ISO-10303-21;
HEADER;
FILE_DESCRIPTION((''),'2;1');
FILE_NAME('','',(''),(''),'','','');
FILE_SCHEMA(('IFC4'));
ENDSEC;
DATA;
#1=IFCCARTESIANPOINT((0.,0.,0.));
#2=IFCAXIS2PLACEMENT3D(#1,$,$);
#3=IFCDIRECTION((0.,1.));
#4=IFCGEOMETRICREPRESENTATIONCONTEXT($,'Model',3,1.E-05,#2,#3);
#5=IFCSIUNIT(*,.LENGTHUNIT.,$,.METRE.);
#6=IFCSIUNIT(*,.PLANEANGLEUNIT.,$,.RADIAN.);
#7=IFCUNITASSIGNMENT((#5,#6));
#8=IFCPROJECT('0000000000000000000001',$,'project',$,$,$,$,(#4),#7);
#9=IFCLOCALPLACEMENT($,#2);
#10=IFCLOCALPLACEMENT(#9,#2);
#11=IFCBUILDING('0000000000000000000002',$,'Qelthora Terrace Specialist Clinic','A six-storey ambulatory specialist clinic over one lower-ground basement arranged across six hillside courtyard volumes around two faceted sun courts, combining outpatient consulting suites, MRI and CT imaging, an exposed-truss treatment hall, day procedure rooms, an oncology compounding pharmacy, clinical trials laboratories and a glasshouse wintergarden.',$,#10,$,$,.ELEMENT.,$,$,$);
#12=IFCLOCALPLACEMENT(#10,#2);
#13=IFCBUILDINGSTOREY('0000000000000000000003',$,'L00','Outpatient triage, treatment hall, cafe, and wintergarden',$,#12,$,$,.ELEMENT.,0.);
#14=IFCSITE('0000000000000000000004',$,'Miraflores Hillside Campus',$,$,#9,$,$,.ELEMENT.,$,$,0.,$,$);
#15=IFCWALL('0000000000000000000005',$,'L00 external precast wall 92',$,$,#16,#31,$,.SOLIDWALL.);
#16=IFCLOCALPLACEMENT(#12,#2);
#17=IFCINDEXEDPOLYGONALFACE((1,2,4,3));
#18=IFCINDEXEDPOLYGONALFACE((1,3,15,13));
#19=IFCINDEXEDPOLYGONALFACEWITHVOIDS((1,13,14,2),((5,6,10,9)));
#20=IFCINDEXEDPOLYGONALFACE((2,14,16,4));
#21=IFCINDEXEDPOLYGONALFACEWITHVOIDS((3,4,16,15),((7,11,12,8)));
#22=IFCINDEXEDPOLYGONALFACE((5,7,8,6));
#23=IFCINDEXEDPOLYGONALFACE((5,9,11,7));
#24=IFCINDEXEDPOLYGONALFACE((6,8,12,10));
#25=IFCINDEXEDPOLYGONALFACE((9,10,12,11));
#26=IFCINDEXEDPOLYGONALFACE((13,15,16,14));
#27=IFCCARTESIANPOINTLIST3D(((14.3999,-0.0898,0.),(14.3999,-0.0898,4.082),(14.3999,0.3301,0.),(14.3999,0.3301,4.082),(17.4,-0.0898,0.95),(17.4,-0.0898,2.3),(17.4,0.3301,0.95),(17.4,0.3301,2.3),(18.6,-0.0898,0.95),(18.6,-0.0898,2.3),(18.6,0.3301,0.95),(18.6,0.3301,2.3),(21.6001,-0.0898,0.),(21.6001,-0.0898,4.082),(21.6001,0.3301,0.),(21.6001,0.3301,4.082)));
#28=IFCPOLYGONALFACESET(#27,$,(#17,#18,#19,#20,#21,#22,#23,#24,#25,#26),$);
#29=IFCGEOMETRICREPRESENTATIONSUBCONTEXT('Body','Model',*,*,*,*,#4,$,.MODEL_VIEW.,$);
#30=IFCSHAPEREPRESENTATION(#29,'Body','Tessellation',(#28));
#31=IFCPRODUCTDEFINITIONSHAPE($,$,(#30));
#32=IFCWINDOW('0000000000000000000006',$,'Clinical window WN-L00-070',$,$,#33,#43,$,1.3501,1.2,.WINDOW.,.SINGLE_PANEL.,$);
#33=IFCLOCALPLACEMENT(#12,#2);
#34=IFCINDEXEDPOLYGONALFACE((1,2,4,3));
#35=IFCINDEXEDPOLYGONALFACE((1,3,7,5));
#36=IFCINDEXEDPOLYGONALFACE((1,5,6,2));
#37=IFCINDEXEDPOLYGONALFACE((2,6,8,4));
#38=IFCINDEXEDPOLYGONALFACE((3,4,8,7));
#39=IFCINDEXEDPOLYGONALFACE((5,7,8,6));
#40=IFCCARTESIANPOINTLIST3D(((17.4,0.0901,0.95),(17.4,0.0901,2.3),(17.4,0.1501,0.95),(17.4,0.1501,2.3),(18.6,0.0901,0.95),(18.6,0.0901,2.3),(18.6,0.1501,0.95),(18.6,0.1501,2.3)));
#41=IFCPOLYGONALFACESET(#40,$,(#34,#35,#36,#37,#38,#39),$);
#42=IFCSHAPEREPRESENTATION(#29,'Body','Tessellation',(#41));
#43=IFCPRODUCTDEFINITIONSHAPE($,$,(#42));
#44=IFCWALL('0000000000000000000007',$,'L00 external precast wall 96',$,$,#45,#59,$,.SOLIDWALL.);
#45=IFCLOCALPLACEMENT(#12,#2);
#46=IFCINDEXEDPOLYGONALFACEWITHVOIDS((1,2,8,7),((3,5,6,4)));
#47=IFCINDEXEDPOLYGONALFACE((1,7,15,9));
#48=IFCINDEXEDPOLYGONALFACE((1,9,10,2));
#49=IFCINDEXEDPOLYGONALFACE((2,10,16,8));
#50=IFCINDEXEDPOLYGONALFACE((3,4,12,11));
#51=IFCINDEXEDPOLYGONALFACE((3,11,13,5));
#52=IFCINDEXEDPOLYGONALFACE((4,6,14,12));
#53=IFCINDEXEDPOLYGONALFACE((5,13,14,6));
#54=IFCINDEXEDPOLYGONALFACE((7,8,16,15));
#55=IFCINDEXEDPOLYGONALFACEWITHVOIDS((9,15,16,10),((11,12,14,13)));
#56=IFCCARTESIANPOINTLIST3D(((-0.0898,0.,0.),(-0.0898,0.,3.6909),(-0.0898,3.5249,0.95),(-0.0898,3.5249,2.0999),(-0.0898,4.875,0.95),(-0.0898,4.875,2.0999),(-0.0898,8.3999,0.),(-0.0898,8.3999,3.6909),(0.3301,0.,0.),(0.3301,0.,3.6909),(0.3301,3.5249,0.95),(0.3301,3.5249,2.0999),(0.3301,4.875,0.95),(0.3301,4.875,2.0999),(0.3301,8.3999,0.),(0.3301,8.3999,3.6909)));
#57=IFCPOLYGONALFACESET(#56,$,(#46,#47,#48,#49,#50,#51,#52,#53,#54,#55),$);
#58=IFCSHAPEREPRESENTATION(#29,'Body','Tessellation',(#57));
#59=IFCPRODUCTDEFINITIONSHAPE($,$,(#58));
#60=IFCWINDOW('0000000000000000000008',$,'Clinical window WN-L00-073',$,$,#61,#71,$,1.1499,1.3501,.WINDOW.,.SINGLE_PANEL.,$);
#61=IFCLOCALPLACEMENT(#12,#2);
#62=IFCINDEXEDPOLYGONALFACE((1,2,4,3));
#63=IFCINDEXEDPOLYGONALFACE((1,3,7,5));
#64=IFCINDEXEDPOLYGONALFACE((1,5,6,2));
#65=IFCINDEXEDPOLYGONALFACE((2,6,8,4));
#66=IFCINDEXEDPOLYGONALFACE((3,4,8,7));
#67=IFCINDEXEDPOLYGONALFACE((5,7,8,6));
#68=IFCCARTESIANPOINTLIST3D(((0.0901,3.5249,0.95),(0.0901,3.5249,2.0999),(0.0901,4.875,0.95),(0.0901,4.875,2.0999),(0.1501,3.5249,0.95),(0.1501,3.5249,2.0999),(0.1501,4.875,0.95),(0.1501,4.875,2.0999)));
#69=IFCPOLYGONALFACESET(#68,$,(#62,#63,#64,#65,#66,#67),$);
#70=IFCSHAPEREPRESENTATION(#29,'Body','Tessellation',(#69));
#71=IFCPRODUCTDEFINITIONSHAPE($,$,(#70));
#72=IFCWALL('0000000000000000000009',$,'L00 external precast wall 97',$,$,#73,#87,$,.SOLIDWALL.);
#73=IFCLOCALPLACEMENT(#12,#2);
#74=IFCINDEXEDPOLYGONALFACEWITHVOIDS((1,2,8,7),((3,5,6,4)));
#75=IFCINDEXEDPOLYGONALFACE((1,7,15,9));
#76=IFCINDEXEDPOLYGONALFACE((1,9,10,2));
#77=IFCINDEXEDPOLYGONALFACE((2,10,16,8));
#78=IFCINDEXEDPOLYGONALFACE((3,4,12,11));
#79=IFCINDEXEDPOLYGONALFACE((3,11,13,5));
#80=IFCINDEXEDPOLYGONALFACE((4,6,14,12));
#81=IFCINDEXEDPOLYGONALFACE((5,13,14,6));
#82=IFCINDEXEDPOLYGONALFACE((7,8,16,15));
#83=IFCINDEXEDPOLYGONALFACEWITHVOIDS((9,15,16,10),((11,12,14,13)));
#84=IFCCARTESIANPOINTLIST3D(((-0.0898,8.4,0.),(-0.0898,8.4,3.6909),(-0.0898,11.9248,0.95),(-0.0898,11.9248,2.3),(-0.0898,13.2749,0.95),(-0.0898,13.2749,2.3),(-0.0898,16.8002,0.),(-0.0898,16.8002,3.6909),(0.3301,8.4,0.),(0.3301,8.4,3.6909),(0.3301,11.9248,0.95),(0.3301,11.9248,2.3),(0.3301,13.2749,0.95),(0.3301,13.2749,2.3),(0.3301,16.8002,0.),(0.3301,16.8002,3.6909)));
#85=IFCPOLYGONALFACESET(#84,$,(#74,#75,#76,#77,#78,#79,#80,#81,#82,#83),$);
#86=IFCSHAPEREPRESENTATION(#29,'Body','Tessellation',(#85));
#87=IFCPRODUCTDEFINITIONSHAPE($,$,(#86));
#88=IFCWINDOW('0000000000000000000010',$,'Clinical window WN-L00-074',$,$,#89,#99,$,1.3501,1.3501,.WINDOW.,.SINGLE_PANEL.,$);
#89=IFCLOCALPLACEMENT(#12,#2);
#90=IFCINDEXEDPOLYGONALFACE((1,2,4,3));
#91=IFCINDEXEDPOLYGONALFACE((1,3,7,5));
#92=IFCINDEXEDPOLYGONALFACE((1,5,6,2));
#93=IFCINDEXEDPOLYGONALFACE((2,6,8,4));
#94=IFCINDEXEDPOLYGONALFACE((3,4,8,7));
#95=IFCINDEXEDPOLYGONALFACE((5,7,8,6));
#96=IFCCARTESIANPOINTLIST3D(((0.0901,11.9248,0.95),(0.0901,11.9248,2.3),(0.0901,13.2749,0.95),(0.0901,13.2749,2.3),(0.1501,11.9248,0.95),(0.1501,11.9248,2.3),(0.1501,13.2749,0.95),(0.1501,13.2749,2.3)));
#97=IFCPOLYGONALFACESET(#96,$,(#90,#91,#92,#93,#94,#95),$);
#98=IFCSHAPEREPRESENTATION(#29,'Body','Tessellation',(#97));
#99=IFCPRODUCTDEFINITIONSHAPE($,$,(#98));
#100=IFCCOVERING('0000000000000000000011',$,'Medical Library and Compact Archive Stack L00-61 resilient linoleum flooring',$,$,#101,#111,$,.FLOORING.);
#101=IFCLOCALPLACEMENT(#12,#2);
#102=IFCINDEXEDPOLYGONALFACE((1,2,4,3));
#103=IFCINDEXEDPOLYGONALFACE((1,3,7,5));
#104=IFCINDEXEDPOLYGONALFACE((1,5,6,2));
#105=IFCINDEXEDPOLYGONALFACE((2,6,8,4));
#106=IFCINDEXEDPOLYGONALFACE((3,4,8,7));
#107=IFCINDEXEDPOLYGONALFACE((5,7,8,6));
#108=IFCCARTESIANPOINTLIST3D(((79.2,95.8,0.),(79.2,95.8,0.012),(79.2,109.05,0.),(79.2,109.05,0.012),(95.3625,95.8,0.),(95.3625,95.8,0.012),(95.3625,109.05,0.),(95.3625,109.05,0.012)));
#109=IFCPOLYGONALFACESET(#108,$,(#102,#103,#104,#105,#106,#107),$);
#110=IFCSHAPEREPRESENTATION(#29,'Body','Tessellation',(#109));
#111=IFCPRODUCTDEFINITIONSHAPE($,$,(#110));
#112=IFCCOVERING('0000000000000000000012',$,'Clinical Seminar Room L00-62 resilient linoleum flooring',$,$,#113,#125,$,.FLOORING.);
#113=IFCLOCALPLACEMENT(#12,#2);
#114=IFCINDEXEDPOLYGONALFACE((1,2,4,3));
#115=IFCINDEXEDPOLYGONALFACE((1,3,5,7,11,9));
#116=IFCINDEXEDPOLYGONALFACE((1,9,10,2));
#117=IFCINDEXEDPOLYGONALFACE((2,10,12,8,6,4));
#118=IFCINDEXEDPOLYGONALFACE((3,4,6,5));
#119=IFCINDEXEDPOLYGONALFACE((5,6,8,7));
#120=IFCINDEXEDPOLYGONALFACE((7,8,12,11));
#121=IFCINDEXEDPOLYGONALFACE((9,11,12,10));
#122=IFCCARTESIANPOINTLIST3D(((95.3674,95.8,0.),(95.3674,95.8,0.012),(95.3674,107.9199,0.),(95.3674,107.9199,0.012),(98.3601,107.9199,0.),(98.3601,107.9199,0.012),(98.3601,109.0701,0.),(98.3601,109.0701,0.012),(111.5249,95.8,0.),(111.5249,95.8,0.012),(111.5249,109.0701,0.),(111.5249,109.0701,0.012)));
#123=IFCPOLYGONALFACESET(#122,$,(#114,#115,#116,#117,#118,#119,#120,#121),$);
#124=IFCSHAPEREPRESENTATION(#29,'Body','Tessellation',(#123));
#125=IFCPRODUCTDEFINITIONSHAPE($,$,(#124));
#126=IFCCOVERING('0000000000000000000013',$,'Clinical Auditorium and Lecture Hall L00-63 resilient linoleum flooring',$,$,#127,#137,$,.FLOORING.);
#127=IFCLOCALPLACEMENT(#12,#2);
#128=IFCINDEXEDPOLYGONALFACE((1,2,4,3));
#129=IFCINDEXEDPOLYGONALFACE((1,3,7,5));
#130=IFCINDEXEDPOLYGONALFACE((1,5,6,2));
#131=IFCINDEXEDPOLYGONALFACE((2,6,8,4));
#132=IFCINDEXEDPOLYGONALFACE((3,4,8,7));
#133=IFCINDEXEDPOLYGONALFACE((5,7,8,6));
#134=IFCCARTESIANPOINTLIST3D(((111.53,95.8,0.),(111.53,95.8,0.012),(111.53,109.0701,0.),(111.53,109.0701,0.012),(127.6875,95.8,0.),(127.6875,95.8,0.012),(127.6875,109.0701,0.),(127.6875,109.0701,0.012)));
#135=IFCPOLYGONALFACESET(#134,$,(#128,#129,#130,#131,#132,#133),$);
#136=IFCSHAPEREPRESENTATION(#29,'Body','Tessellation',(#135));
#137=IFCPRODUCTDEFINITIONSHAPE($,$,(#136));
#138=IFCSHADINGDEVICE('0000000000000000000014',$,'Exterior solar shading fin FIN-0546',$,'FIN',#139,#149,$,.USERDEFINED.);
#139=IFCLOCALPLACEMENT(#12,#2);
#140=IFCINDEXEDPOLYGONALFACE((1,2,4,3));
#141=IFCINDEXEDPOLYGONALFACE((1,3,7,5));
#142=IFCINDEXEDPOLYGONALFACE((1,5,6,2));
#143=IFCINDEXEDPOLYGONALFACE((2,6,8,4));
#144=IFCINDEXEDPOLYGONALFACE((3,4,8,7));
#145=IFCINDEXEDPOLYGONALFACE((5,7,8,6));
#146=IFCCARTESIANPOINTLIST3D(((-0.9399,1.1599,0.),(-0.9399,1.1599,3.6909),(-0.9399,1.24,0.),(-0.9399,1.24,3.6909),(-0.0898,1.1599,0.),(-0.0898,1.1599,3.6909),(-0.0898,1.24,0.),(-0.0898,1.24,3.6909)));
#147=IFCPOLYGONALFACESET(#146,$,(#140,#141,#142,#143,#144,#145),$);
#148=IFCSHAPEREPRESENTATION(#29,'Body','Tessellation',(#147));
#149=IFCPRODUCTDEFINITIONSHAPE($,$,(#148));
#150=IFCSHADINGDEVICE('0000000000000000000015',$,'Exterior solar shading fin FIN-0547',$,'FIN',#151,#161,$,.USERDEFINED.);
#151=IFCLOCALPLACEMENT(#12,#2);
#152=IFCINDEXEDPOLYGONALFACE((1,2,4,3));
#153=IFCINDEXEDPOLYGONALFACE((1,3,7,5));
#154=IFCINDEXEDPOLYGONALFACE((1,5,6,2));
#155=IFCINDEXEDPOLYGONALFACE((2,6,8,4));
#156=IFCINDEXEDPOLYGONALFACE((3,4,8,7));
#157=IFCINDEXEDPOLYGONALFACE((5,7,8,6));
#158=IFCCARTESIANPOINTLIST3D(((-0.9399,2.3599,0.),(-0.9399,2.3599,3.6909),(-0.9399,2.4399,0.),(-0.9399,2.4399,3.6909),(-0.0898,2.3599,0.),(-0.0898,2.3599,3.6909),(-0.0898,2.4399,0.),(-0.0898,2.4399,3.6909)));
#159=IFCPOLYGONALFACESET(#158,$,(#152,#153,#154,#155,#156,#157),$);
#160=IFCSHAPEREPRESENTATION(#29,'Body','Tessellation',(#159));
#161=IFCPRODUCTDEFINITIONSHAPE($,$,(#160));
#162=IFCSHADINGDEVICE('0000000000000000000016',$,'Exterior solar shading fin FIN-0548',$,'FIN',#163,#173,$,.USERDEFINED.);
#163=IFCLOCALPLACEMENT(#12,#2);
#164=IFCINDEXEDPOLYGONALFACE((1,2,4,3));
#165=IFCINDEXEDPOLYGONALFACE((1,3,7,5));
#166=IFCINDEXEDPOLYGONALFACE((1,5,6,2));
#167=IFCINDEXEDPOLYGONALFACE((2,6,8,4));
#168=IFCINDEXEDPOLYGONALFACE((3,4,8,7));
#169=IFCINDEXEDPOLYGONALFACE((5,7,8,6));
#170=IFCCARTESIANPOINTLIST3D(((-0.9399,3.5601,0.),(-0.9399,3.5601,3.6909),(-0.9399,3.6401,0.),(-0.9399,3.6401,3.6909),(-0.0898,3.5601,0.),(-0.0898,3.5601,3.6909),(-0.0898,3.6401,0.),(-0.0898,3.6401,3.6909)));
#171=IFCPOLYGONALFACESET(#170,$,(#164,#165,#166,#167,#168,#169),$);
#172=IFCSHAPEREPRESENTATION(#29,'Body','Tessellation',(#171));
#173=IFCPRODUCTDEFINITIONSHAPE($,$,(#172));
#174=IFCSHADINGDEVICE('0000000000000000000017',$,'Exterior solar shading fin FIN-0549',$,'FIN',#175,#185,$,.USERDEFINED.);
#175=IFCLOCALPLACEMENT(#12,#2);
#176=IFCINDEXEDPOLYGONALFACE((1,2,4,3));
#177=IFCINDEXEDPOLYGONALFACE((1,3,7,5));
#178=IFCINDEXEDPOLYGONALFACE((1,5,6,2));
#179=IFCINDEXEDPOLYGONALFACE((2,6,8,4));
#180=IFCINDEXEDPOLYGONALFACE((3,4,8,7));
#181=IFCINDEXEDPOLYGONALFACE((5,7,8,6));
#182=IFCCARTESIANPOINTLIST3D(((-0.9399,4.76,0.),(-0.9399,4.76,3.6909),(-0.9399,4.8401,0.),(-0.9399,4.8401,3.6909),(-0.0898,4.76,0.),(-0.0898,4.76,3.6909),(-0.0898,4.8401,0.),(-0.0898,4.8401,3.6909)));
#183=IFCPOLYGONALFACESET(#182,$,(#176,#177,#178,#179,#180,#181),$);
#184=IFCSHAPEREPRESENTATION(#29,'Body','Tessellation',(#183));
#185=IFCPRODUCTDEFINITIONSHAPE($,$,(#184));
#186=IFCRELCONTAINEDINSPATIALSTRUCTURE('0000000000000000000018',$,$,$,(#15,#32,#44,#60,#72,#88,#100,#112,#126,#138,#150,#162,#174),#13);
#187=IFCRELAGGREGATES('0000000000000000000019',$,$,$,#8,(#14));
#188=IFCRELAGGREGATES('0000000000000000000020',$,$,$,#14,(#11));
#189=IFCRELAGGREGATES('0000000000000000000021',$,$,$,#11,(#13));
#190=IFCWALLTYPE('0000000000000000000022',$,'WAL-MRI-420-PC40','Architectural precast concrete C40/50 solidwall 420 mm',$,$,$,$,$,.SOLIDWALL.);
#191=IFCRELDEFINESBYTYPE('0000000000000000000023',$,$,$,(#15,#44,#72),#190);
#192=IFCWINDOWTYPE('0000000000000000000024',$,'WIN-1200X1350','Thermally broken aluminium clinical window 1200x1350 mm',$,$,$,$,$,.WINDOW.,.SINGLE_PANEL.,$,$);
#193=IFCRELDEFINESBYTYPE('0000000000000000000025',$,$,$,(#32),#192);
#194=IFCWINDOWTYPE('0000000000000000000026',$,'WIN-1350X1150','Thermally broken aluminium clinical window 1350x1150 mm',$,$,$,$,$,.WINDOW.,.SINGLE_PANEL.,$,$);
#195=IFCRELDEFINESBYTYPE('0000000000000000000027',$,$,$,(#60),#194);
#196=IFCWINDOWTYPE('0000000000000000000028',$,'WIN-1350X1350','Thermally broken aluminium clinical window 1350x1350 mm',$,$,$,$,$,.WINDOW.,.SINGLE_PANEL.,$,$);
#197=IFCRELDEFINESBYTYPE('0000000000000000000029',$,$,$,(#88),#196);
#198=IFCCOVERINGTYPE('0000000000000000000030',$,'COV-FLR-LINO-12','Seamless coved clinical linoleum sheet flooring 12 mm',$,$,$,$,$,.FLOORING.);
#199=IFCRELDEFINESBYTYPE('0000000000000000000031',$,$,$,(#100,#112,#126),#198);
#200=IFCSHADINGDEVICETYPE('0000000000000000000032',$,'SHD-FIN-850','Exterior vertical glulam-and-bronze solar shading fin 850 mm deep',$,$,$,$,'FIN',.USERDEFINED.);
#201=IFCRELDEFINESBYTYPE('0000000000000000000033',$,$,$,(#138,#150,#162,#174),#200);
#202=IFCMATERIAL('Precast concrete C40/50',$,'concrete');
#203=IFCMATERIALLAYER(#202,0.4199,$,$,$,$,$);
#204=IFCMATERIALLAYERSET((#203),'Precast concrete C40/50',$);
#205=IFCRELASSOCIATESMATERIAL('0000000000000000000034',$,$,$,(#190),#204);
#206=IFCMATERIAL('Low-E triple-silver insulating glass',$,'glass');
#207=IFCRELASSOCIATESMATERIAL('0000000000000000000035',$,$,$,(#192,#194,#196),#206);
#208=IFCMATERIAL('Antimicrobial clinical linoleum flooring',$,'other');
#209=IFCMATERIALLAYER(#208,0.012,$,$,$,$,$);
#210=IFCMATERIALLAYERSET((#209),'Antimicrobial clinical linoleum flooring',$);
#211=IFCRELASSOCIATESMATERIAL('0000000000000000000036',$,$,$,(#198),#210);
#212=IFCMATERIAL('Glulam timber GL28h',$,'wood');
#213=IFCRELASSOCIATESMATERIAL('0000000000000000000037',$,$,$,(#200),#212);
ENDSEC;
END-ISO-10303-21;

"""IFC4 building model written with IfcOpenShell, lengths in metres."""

from ifc_helpers import new_model, si_unit, direction, frame, frame_2d, origin, origin_2d, place, context, subcontext, project, spatial, polyline, rectangle, outline, extrude, material, layer, layer_set, type_object, element, fill, save


model = new_model("IFC4")

# Units and contexts
model_context = context("Model", 3, precision=1e-05, world=origin(), true_north=direction((0.0, 1.0)))
body_context = subcontext(model_context, "Body", "Model", "MODEL_VIEW")
ifc_project = project(units=[si_unit("LENGTHUNIT", "METRE"), si_unit("PLANEANGLEUNIT", "RADIAN")], contexts=[model_context])

# Site, building, storey
site_placement = place(None, origin())
site = spatial("IfcSite", under=ifc_project, at=site_placement, Name="Miraflores Hillside Campus", CompositionType="ELEMENT", RefElevation=0.0)
building_placement = place(site_placement, origin())
building = spatial("IfcBuilding", under=site, at=building_placement, Name="Qelthora Terrace Specialist Clinic", Description="A six-storey ambulatory specialist clinic over one lower-ground basement arranged across six hillside courtyard volumes around two faceted sun courts, combining outpatient consulting suites, MRI and CT imaging, an exposed-truss treatment hall, day procedure rooms, an oncology compounding pharmacy, clinical trials laboratories and a glasshouse wintergarden.", CompositionType="ELEMENT")
storey_placement = place(building_placement, origin())
storey = spatial("IfcBuildingStorey", under=building, at=storey_placement, Name="L00", Description="Outpatient triage, treatment hall, cafe, and wintergarden", CompositionType="ELEMENT", Elevation=0.0)

# Shared definitions
ifc_material_1 = material(Name="Precast concrete C40/50", Category="concrete")
ifc_layer_1 = layer(ifc_material_1, 0.4199)
ifc_layer_set_1 = layer_set([ifc_layer_1], Name="Precast concrete C40/50")
wall_type = type_object("IfcWallType", Name="WAL-MRI-420-PC40", Description="Architectural precast concrete C40/50 solidwall 420 mm", PredefinedType="SOLIDWALL", material=ifc_layer_set_1)
ifc_material_2 = material(Name="Low-E triple-silver insulating glass", Category="glass")

# Walls, openings, windows
wall_1_placement = place(storey_placement, frame((14.3999, 0.1201, 0.0), z_axis=(0.0, 0.0, 1.0), x_axis=(1.0, 0.0, 0.0)))
wall_1 = element("IfcWall", 1, at=wall_1_placement, inside=storey, type_object=wall_type, Name="L00 external precast wall 92", PredefinedType="SOLIDWALL", context=body_context, shape_type="SweptSolid", body=[
    extrude(rectangle(XDim=7.2002, YDim=0.4199, at=frame_2d((3.6001, 0.0))), origin(), (0.0, 0.0, 1.0), 4.082),
])
opening_1_placement = place(wall_1_placement, frame((3.0, 0.0, 0.95)))
opening_1 = element("IfcOpeningElement", 2, at=opening_1_placement, cuts=wall_1, PredefinedType="OPENING", context=body_context, shape_type="SweptSolid", body=[
    extrude(rectangle(XDim=1.2, YDim=1.3501, at=frame_2d((0.6001, 0.675))), frame((0.0, 0.22, 0.0), z_axis=(0.0, -1.0, 0.0), x_axis=(1.0, 0.0, 0.0)), (0.0, 0.0, 1.0), 0.4399),
])
window_type_1 = type_object("IfcWindowType", Name="WIN-1200X1350", Description="Thermally broken aluminium clinical window 1200x1350 mm", PartitioningType="SINGLE_PANEL", PredefinedType="WINDOW", material=ifc_material_2)
window_1_placement = place(opening_1_placement, origin())
window_1 = element("IfcWindow", 3, at=window_1_placement, inside=storey, type_object=window_type_1, Name="Clinical window WN-L00-070", OverallHeight=1.3501, OverallWidth=1.2, PartitioningType="SINGLE_PANEL", PredefinedType="WINDOW", context=body_context, shape_type="SweptSolid", body=[
    extrude(rectangle(XDim=1.2, YDim=1.3501, at=frame_2d((0.6001, 0.675))), frame((0.0, 0.03, 0.0), z_axis=(0.0, -1.0, 0.0), x_axis=(1.0, 0.0, 0.0)), (0.0, 0.0, 1.0), 0.0601),
])
fill(opening_1, window_1)
wall_2_placement = place(storey_placement, frame((0.1201, 0.0, 0.0), z_axis=(0.0, 0.0, 1.0), x_axis=(0.0, 1.0, 0.0)))
wall_2 = element("IfcWall", 4, at=wall_2_placement, inside=storey, type_object=wall_type, Name="L00 external precast wall 96", PredefinedType="SOLIDWALL", context=body_context, shape_type="SweptSolid", body=[
    extrude(rectangle(XDim=8.3999, YDim=0.4199, at=frame_2d((4.2, 0.0))), origin(), (0.0, 0.0, 1.0), 3.6909),
])
opening_2_placement = place(wall_2_placement, frame((3.5249, 0.0, 0.95)))
opening_2 = element("IfcOpeningElement", 5, at=opening_2_placement, cuts=wall_2, PredefinedType="OPENING", context=body_context, shape_type="SweptSolid", body=[
    extrude(rectangle(XDim=1.3501, YDim=1.1499, at=frame_2d((0.675, 0.575))), frame((0.0, 0.22, 0.0), z_axis=(0.0, -1.0, 0.0), x_axis=(1.0, 0.0, 0.0)), (0.0, 0.0, 1.0), 0.4399),
])
window_type_2 = type_object("IfcWindowType", Name="WIN-1350X1150", Description="Thermally broken aluminium clinical window 1350x1150 mm", PartitioningType="SINGLE_PANEL", PredefinedType="WINDOW", material=ifc_material_2)
window_2_placement = place(opening_2_placement, origin())
window_2 = element("IfcWindow", 6, at=window_2_placement, inside=storey, type_object=window_type_2, Name="Clinical window WN-L00-073", OverallHeight=1.1499, OverallWidth=1.3501, PartitioningType="SINGLE_PANEL", PredefinedType="WINDOW", context=body_context, shape_type="SweptSolid", body=[
    extrude(rectangle(XDim=1.3501, YDim=1.1499, at=frame_2d((0.675, 0.575))), frame((0.0, 0.03, 0.0), z_axis=(0.0, -1.0, 0.0), x_axis=(1.0, 0.0, 0.0)), (0.0, 0.0, 1.0), 0.0601),
])
fill(opening_2, window_2)
wall_3_placement = place(storey_placement, frame((0.1201, 8.3999, 0.0), z_axis=(0.0, 0.0, 1.0), x_axis=(0.0, 1.0, 0.0)))
wall_3 = element("IfcWall", 7, at=wall_3_placement, inside=storey, type_object=wall_type, Name="L00 external precast wall 97", PredefinedType="SOLIDWALL", context=body_context, shape_type="SweptSolid", body=[
    extrude(rectangle(XDim=8.4001, YDim=0.4199, at=frame_2d((4.2002, 0.0))), origin(), (0.0, 0.0, 1.0), 3.6909),
])
opening_3_placement = place(wall_3_placement, frame((3.5249, 0.0, 0.95)))
opening_3 = element("IfcOpeningElement", 8, at=opening_3_placement, cuts=wall_3, PredefinedType="OPENING", context=body_context, shape_type="SweptSolid", body=[
    extrude(rectangle(XDim=1.3501, YDim=1.3501, at=frame_2d((0.675, 0.675))), frame((0.0, 0.22, 0.0), z_axis=(0.0, -1.0, 0.0), x_axis=(1.0, 0.0, 0.0)), (0.0, 0.0, 1.0), 0.4399),
])
window_type_3 = type_object("IfcWindowType", Name="WIN-1350X1350", Description="Thermally broken aluminium clinical window 1350x1350 mm", PartitioningType="SINGLE_PANEL", PredefinedType="WINDOW", material=ifc_material_2)
window_3_placement = place(opening_3_placement, origin())
window_3 = element("IfcWindow", 9, at=window_3_placement, inside=storey, type_object=window_type_3, Name="Clinical window WN-L00-074", OverallHeight=1.3501, OverallWidth=1.3501, PartitioningType="SINGLE_PANEL", PredefinedType="WINDOW", context=body_context, shape_type="SweptSolid", body=[
    extrude(rectangle(XDim=1.3501, YDim=1.3501, at=frame_2d((0.675, 0.675))), frame((0.0, 0.03, 0.0), z_axis=(0.0, -1.0, 0.0), x_axis=(1.0, 0.0, 0.0)), (0.0, 0.0, 1.0), 0.0601),
])
fill(opening_3, window_3)

# Coverings
ifc_material_3 = material(Name="Antimicrobial clinical linoleum flooring", Category="other")
ifc_layer_2 = layer(ifc_material_3, 0.012)
ifc_layer_set_2 = layer_set([ifc_layer_2], Name="Antimicrobial clinical linoleum flooring")
covering_type = type_object("IfcCoveringType", Name="COV-FLR-LINO-12", Description="Seamless coved clinical linoleum sheet flooring 12 mm", PredefinedType="FLOORING", material=ifc_layer_set_2)
covering_1_placement = place(storey_placement, origin())
element("IfcCovering", 10, at=covering_1_placement, inside=storey, type_object=covering_type, Name="Medical Library and Compact Archive Stack L00-61 resilient linoleum flooring", PredefinedType="FLOORING", context=body_context, shape_type="SweptSolid", body=[
    extrude(outline(polyline([(79.2, 95.8), (79.2, 109.05), (95.3625, 109.05), (95.3625, 95.8), (79.2, 95.8)])), origin(), (0.0, 0.0, 1.0), 0.012),
])
covering_2_placement = place(storey_placement, origin())
element("IfcCovering", 11, at=covering_2_placement, inside=storey, type_object=covering_type, Name="Clinical Seminar Room L00-62 resilient linoleum flooring", PredefinedType="FLOORING", context=body_context, shape_type="SweptSolid", body=[
    extrude(outline(polyline([(98.3601, 107.9199), (98.3601, 109.0701), (111.5249, 109.0701), (111.5249, 95.8), (95.3674, 95.8), (95.3674, 107.9199), (98.3601, 107.9199)])), origin(), (0.0, 0.0, 1.0), 0.012),
])
covering_3_placement = place(storey_placement, origin())
element("IfcCovering", 12, at=covering_3_placement, inside=storey, type_object=covering_type, Name="Clinical Auditorium and Lecture Hall L00-63 resilient linoleum flooring", PredefinedType="FLOORING", context=body_context, shape_type="SweptSolid", body=[
    extrude(outline(polyline([(127.6875, 95.8), (111.53, 95.8), (111.53, 109.0701), (127.6875, 109.0701), (127.6875, 95.8)])), origin(), (0.0, 0.0, 1.0), 0.012),
])

# Shading devices
ifc_material_4 = material(Name="Glulam timber GL28h", Category="wood")
shading_device_type = type_object("IfcShadingDeviceType", Name="SHD-FIN-850", Description="Exterior vertical glulam-and-bronze solar shading fin 850 mm deep", ElementType="FIN", PredefinedType="USERDEFINED", material=ifc_material_4)
for number, where, z_axis, x_axis, name in (
    (13, (-0.5149, 1.2, 0.0), (0.0, 0.0, 1.0), (-1.0, 0.0, 0.0), "Exterior solar shading fin FIN-0546"),
    (14, (-0.5149, 2.3999, 0.0), (0.0, 0.0, 1.0), (-1.0, 0.0, 0.0), "Exterior solar shading fin FIN-0547"),
    (15, (-0.5149, 3.6001, 0.0), (0.0, 0.0, 1.0), (-1.0, 0.0, 0.0), "Exterior solar shading fin FIN-0548"),
    (16, (-0.5149, 4.8, 0.0), (0.0, 0.0, 1.0), (-1.0, 0.0, 0.0), "Exterior solar shading fin FIN-0549"),
):
    element("IfcShadingDevice", number, at=place(storey_placement, frame(where, z_axis=z_axis, x_axis=x_axis)), inside=storey, type_object=shading_device_type, Name=name, ObjectType="FIN", PredefinedType="USERDEFINED", context=body_context, shape_type="SweptSolid", body=[
        extrude(rectangle(XDim=0.8501, YDim=0.0801, at=origin_2d()), origin(), (0.0, 0.0, 1.0), 3.6909),
    ])

save(model, "model.ifc")
